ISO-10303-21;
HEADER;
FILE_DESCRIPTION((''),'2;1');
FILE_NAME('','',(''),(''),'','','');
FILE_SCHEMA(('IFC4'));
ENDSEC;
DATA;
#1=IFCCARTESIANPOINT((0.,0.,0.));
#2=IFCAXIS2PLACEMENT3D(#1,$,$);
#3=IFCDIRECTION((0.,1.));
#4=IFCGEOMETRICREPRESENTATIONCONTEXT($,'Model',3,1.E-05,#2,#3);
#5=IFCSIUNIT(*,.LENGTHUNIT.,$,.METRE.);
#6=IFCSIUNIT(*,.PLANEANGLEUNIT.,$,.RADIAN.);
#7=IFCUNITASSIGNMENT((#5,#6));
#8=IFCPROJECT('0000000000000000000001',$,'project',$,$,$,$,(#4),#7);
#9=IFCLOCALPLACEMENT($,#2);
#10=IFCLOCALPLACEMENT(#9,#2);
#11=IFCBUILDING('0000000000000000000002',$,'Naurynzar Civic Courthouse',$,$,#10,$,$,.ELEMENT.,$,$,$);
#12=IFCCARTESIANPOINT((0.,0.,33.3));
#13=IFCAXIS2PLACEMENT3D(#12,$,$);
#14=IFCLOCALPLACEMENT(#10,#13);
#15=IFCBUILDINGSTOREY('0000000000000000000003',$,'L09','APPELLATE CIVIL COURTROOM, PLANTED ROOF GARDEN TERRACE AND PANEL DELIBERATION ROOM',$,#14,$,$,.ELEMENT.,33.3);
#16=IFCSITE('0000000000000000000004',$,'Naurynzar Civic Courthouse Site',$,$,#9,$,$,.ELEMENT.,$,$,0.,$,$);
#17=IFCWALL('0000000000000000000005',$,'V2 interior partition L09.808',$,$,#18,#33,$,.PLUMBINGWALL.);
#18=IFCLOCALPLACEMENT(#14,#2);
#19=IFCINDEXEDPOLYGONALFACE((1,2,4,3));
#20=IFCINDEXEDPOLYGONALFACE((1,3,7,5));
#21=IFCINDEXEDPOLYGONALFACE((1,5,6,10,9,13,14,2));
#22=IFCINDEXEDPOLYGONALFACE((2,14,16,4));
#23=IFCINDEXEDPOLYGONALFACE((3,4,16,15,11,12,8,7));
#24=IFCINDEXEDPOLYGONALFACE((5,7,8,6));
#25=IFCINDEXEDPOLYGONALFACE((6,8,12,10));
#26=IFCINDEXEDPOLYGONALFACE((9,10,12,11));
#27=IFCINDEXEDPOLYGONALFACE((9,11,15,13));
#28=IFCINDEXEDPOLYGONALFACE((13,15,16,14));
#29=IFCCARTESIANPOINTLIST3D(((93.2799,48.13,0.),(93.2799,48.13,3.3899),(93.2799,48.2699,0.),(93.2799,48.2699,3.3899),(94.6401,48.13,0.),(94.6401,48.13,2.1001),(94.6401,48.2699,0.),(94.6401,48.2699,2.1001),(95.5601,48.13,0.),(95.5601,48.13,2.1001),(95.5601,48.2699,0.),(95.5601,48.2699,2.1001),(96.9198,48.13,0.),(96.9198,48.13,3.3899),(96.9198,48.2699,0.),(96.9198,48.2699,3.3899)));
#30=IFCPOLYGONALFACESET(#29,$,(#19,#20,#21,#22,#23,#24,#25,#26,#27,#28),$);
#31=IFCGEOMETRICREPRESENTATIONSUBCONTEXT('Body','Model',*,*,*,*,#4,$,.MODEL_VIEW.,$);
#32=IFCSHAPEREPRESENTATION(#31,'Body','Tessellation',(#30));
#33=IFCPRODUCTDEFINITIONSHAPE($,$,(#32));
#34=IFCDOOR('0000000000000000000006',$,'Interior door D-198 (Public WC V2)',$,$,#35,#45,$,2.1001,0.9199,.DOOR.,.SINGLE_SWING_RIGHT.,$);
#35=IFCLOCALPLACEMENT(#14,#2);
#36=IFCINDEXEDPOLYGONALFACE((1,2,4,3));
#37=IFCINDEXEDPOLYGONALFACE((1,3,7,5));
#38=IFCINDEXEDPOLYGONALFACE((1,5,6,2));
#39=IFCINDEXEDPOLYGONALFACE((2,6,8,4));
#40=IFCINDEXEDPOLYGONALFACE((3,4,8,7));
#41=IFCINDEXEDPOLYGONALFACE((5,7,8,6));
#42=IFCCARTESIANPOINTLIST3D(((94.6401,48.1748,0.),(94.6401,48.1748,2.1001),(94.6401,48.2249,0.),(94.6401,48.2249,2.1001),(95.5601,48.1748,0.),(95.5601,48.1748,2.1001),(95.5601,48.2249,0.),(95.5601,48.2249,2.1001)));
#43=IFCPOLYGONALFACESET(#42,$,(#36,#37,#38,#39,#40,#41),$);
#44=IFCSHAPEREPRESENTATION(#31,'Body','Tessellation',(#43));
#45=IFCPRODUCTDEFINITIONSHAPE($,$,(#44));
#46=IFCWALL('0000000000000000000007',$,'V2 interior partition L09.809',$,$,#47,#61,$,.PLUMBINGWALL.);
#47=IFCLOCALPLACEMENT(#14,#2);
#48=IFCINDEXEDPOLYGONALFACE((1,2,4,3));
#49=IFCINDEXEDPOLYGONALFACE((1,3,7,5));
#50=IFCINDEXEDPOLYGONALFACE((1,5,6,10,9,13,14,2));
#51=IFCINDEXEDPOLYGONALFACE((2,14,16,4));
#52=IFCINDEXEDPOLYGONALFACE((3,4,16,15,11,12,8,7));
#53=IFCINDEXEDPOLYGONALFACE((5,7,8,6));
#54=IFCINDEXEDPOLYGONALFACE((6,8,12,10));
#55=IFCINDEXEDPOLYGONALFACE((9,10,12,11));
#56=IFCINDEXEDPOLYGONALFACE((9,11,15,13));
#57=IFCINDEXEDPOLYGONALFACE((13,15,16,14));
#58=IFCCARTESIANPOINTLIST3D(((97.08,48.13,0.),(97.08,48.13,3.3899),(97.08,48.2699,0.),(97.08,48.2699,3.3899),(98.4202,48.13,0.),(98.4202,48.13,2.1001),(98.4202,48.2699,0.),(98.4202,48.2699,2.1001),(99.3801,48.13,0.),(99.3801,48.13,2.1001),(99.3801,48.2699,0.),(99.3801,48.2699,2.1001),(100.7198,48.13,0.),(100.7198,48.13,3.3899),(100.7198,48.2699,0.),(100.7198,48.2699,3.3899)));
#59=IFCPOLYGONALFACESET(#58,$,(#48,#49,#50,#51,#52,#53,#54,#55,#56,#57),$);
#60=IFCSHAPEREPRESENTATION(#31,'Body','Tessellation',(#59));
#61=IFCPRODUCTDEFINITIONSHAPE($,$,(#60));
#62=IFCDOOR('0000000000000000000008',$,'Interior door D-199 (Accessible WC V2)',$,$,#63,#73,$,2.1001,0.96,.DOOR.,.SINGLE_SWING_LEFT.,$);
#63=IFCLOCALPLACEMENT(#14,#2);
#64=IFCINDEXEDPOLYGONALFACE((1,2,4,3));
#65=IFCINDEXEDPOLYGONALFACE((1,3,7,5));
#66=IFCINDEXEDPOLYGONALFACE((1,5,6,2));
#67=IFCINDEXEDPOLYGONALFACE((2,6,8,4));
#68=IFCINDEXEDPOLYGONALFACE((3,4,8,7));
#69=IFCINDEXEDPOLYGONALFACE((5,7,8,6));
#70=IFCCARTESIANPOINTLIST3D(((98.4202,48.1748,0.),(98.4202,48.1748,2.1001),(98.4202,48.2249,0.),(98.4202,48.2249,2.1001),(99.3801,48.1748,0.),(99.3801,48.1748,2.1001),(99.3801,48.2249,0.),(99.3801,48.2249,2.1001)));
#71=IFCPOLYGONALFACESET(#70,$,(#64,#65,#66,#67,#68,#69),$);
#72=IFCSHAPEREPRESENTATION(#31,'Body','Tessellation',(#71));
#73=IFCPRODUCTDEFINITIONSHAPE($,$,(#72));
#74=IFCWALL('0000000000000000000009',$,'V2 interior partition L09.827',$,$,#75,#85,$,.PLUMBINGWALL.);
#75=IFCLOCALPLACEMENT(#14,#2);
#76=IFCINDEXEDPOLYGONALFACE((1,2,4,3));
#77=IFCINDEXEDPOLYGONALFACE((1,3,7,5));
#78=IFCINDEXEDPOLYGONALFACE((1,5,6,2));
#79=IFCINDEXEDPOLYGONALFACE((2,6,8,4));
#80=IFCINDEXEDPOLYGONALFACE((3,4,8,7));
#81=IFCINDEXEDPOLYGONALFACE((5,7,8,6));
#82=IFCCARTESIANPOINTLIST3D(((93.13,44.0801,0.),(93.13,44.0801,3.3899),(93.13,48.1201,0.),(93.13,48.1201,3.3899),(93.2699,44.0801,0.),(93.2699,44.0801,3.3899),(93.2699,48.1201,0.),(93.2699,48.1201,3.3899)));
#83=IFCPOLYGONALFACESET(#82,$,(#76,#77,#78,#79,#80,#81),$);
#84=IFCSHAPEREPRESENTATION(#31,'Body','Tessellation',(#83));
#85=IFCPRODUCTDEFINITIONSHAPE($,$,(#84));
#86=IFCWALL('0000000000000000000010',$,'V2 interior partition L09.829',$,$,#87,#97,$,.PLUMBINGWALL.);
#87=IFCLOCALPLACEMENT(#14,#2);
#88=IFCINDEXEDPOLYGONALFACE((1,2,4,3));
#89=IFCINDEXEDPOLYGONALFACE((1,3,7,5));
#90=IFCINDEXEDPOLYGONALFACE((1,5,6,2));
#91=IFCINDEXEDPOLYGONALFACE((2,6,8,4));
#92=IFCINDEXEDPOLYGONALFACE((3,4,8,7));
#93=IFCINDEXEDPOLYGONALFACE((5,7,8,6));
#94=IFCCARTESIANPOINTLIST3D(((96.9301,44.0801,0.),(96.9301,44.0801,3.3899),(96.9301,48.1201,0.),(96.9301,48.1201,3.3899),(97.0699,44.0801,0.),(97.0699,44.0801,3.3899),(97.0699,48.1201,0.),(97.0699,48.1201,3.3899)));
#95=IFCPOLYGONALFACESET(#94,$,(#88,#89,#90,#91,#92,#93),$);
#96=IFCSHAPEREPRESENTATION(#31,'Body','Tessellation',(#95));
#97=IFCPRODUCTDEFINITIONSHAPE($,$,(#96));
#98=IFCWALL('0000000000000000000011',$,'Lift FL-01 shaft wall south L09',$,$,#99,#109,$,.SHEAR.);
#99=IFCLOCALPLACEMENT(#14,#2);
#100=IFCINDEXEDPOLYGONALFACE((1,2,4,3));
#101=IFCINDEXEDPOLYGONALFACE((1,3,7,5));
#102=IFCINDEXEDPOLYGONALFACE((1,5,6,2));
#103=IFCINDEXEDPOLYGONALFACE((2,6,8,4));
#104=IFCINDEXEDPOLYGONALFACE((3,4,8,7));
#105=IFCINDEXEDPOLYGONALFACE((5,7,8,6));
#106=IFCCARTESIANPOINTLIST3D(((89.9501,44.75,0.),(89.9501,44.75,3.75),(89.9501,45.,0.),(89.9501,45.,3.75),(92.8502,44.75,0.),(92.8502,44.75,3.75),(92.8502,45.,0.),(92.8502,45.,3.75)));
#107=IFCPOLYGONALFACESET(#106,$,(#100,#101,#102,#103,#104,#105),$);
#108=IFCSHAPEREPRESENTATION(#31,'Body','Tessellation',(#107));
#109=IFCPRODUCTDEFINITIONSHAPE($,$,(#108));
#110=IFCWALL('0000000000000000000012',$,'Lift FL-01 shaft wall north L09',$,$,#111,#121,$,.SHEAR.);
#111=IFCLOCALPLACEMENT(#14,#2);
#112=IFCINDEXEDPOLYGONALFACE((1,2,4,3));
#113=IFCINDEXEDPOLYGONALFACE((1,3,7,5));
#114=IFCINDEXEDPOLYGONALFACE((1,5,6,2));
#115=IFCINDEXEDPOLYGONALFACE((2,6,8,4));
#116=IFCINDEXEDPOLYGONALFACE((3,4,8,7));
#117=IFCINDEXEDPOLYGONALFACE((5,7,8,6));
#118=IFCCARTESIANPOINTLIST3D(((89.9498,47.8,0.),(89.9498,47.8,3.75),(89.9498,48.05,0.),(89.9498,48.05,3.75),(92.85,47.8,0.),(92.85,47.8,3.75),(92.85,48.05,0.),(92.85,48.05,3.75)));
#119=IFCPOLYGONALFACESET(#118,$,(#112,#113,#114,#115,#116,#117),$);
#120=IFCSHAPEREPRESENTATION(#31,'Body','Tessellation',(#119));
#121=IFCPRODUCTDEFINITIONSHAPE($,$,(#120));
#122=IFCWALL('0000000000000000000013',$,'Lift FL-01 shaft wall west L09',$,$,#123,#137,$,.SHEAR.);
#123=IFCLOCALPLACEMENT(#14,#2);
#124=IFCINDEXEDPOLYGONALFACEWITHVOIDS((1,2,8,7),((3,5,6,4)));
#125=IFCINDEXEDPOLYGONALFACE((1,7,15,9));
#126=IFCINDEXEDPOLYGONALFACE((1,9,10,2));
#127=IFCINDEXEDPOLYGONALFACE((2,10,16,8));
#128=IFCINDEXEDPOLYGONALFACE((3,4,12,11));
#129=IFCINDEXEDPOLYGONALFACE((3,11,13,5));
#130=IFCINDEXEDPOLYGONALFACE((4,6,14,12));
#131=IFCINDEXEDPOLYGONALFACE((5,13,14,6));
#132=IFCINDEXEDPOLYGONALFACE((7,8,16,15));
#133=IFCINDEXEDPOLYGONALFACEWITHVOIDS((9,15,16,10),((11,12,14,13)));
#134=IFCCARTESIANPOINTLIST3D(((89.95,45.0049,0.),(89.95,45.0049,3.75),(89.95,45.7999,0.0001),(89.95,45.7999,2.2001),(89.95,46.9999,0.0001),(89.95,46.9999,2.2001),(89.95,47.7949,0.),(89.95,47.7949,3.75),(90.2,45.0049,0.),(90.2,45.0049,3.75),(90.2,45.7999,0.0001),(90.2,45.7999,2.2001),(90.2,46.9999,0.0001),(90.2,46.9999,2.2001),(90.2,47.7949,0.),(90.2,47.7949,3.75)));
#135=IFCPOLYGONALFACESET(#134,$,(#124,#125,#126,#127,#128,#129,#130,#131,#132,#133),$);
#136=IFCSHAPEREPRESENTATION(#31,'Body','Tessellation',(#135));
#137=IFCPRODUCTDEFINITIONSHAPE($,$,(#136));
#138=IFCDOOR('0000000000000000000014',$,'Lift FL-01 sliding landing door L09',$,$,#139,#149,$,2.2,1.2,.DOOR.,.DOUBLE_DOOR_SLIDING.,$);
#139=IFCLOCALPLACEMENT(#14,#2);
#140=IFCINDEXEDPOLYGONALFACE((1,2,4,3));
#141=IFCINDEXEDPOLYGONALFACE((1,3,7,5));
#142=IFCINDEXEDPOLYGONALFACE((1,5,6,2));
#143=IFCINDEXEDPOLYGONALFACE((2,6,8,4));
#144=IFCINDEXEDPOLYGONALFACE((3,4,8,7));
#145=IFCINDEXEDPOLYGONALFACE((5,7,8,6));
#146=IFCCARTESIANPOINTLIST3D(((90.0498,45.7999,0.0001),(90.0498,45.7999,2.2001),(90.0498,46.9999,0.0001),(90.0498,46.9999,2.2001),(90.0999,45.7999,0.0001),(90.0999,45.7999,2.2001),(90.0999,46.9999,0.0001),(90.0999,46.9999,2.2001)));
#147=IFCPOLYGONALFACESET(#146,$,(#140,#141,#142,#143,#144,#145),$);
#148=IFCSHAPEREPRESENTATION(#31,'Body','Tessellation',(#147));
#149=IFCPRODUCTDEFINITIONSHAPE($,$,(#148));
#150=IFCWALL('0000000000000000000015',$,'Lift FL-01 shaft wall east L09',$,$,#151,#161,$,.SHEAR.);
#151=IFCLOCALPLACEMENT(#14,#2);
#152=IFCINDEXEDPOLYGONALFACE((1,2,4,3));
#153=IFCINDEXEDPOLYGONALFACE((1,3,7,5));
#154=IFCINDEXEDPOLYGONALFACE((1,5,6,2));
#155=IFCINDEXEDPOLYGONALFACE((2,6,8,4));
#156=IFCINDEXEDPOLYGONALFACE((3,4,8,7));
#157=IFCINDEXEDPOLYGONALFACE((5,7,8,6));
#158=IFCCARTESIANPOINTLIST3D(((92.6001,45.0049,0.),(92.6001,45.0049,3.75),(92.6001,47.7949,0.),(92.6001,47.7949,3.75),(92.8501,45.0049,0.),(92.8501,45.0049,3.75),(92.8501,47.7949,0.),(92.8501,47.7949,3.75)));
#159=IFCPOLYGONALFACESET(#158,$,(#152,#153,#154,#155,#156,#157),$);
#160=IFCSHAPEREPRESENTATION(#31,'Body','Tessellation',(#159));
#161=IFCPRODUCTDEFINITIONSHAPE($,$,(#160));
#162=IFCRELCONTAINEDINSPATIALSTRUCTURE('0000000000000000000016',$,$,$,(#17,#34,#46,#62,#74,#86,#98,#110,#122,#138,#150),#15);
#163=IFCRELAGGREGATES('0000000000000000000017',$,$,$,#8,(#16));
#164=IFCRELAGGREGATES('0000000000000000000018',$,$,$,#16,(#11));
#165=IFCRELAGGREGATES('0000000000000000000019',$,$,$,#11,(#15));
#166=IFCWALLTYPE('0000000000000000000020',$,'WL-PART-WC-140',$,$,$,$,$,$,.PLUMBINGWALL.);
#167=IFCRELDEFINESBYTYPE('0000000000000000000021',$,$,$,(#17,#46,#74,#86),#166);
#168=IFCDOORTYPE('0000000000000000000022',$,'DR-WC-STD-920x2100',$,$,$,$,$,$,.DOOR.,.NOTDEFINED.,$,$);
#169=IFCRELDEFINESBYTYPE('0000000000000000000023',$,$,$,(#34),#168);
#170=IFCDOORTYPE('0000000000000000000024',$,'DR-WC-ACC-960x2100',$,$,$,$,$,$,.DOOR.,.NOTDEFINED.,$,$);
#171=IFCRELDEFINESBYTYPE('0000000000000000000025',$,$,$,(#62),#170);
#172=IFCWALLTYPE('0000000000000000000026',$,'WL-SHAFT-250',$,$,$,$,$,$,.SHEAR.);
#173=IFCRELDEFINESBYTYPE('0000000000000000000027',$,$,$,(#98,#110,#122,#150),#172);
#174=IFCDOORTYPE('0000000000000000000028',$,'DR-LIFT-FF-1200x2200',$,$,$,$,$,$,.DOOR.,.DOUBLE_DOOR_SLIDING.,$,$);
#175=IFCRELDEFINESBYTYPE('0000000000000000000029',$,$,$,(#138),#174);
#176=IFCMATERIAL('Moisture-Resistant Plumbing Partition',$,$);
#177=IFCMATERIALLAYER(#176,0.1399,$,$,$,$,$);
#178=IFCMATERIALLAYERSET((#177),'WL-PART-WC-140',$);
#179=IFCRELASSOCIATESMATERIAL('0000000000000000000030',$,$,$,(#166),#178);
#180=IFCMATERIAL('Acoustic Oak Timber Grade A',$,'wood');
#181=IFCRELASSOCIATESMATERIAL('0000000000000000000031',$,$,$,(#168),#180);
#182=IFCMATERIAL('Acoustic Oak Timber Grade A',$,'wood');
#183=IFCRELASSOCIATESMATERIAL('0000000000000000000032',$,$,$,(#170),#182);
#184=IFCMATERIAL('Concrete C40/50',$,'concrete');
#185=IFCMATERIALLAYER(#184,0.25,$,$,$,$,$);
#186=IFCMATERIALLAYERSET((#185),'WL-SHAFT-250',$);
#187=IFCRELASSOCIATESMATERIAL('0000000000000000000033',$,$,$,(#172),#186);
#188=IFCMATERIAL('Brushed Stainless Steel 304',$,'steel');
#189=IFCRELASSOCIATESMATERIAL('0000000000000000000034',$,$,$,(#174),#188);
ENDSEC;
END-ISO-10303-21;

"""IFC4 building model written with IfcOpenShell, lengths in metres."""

from ifc_helpers import new_model, si_unit, direction, frame, frame_2d, origin, place, context, subcontext, project, spatial, rectangle, extrude, material, layer, layer_set, type_object, element, fill, save


model = new_model("IFC4")

# Units and contexts
model_context = context("Model", 3, precision=1e-05, world=origin(), true_north=direction((0.0, 1.0)))
body_context = subcontext(model_context, "Body", "Model", "MODEL_VIEW")
ifc_project = project(units=[si_unit("LENGTHUNIT", "METRE"), si_unit("PLANEANGLEUNIT", "RADIAN")], contexts=[model_context])

# Site, building, storey
site_placement = place(None, origin())
site = spatial("IfcSite", under=ifc_project, at=site_placement, Name="Naurynzar Civic Courthouse Site", CompositionType="ELEMENT", RefElevation=0.0)
building_placement = place(site_placement, origin())
building = spatial("IfcBuilding", under=site, at=building_placement, Name="Naurynzar Civic Courthouse", CompositionType="ELEMENT")
storey_placement = place(building_placement, frame((0.0, 0.0, 33.3)))
storey = spatial("IfcBuildingStorey", under=building, at=storey_placement, Name="L09", Description="APPELLATE CIVIL COURTROOM, PLANTED ROOF GARDEN TERRACE AND PANEL DELIBERATION ROOM", CompositionType="ELEMENT", Elevation=33.3)

# Walls, openings, doors
ifc_material_1 = material(Name="Moisture-Resistant Plumbing Partition")
ifc_layer_1 = layer(ifc_material_1, 0.1399)
ifc_layer_set_1 = layer_set([ifc_layer_1], Name="WL-PART-WC-140")
wall_type_1 = type_object("IfcWallType", Name="WL-PART-WC-140", PredefinedType="PLUMBINGWALL", material=ifc_layer_set_1)
wall_1_placement = place(storey_placement, frame((93.28, 48.2, 0.0), z_axis=(0.0, 0.0, 1.0), x_axis=(1.0, 0.0, 0.0)))
wall_1 = element("IfcWall", 1, at=wall_1_placement, inside=storey, type_object=wall_type_1, Name="V2 interior partition L09.808", PredefinedType="PLUMBINGWALL", context=body_context, shape_type="SweptSolid", body=[
    extrude(rectangle(XDim=3.6399, YDim=0.1399, at=frame_2d((1.8198, 0.0))), origin(), (0.0, 0.0, 1.0), 3.3899),
])
opening_1_placement = place(wall_1_placement, frame((1.3601, 0.0, 0.0)))
opening_1 = element("IfcOpeningElement", 2, at=opening_1_placement, cuts=wall_1, PredefinedType="OPENING", context=body_context, shape_type="SweptSolid", body=[
    extrude(rectangle(XDim=0.9199, YDim=2.1001, at=frame_2d((0.46, 1.05))), frame((0.0, 0.0798, 0.0), z_axis=(0.0, -1.0, 0.0), x_axis=(1.0, 0.0, 0.0)), (0.0, 0.0, 1.0), 0.1599),
])
ifc_material_2 = material(Name="Acoustic Oak Timber Grade A", Category="wood")
door_type_1 = type_object("IfcDoorType", Name="DR-WC-STD-920x2100", OperationType="NOTDEFINED", PredefinedType="DOOR", material=ifc_material_2)
door_1_placement = place(opening_1_placement, origin())
door_1 = element("IfcDoor", 3, at=door_1_placement, inside=storey, type_object=door_type_1, Name="Interior door D-198 (Public WC V2)", OperationType="SINGLE_SWING_RIGHT", OverallHeight=2.1001, OverallWidth=0.9199, PredefinedType="DOOR", context=body_context, shape_type="SweptSolid", body=[
    extrude(rectangle(XDim=0.9199, YDim=2.1001, at=frame_2d((0.46, 1.05))), frame((0.0, 0.0249, 0.0), z_axis=(0.0, -1.0, 0.0), x_axis=(1.0, 0.0, 0.0)), (0.0, 0.0, 1.0), 0.05),
])
fill(opening_1, door_1)
wall_2_placement = place(storey_placement, frame((97.0801, 48.2, 0.0), z_axis=(0.0, 0.0, 1.0), x_axis=(1.0, 0.0, 0.0)))
wall_2 = element("IfcWall", 4, at=wall_2_placement, inside=storey, type_object=wall_type_1, Name="V2 interior partition L09.809", PredefinedType="PLUMBINGWALL", context=body_context, shape_type="SweptSolid", body=[
    extrude(rectangle(XDim=3.6399, YDim=0.1399, at=frame_2d((1.8198, 0.0))), origin(), (0.0, 0.0, 1.0), 3.3899),
])
opening_2_placement = place(wall_2_placement, frame((1.3401, 0.0, 0.0)))
opening_2 = element("IfcOpeningElement", 5, at=opening_2_placement, cuts=wall_2, PredefinedType="OPENING", context=body_context, shape_type="SweptSolid", body=[
    extrude(rectangle(XDim=0.96, YDim=2.1001, at=frame_2d((0.48, 1.05))), frame((0.0, 0.0798, 0.0), z_axis=(0.0, -1.0, 0.0), x_axis=(1.0, 0.0, 0.0)), (0.0, 0.0, 1.0), 0.1599),
])
ifc_material_3 = material(Name="Acoustic Oak Timber Grade A", Category="wood")
door_type_2 = type_object("IfcDoorType", Name="DR-WC-ACC-960x2100", OperationType="NOTDEFINED", PredefinedType="DOOR", material=ifc_material_3)
door_2_placement = place(opening_2_placement, origin())
door_2 = element("IfcDoor", 6, at=door_2_placement, inside=storey, type_object=door_type_2, Name="Interior door D-199 (Accessible WC V2)", OperationType="SINGLE_SWING_LEFT", OverallHeight=2.1001, OverallWidth=0.96, PredefinedType="DOOR", context=body_context, shape_type="SweptSolid", body=[
    extrude(rectangle(XDim=0.96, YDim=2.1001, at=frame_2d((0.48, 1.05))), frame((0.0, 0.0249, 0.0), z_axis=(0.0, -1.0, 0.0), x_axis=(1.0, 0.0, 0.0)), (0.0, 0.0, 1.0), 0.05),
])
fill(opening_2, door_2)

# Walls
for number, where, z_axis, x_axis, name in (
    (7, (93.2, 44.0801, 0.0), (0.0, 0.0, 1.0), (0.0, 1.0, 0.0), "V2 interior partition L09.827"),
    (8, (97.0, 44.0801, 0.0), (0.0, 0.0, 1.0), (0.0, 1.0, 0.0), "V2 interior partition L09.829"),
):
    element("IfcWall", number, at=place(storey_placement, frame(where, z_axis=z_axis, x_axis=x_axis)), inside=storey, type_object=wall_type_1, Name=name, PredefinedType="PLUMBINGWALL", context=body_context, shape_type="SweptSolid", body=[
        extrude(rectangle(XDim=4.04, YDim=0.1399, at=frame_2d((2.02, 0.0))), origin(), (0.0, 0.0, 1.0), 3.3899),
    ])
ifc_material_4 = material(Name="Concrete C40/50", Category="concrete")
ifc_layer_2 = layer(ifc_material_4, 0.25)
ifc_layer_set_2 = layer_set([ifc_layer_2], Name="WL-SHAFT-250")
wall_type_2 = type_object("IfcWallType", Name="WL-SHAFT-250", PredefinedType="SHEAR", material=ifc_layer_set_2)
for number, where, z_axis, x_axis, name in (
    (9, (89.95, 44.875, 0.0), (0.0, 0.0, 1.0), (1.0, 0.0, 0.0), "Lift FL-01 shaft wall south L09"),
    (10, (92.8501, 47.925, 0.0), (0.0, 0.0, 1.0), (-1.0, 0.0, 0.0), "Lift FL-01 shaft wall north L09"),
):
    element("IfcWall", number, at=place(storey_placement, frame(where, z_axis=z_axis, x_axis=x_axis)), inside=storey, type_object=wall_type_2, Name=name, PredefinedType="SHEAR", context=body_context, shape_type="SweptSolid", body=[
        extrude(rectangle(XDim=2.9001, YDim=0.25, at=frame_2d((1.4502, 0.0))), origin(), (0.0, 0.0, 1.0), 3.75),
    ])

# Wall, opening, door
wall_3_placement = place(storey_placement, frame((90.075, 47.7949, 0.0), z_axis=(0.0, 0.0, 1.0), x_axis=(0.0, -1.0, 0.0)))
wall_3 = element("IfcWall", 11, at=wall_3_placement, inside=storey, type_object=wall_type_2, Name="Lift FL-01 shaft wall west L09", PredefinedType="SHEAR", context=body_context, shape_type="SweptSolid", body=[
    extrude(rectangle(XDim=2.79, YDim=0.25, at=frame_2d((1.395, 0.0))), origin(), (0.0, 0.0, 1.0), 3.75),
])
opening_3_placement = place(wall_3_placement, frame((0.7949, 0.0, 0.0)))
opening_3 = element("IfcOpeningElement", 12, at=opening_3_placement, cuts=wall_3, PredefinedType="OPENING", context=body_context, shape_type="SweptSolid", body=[
    extrude(rectangle(XDim=1.2, YDim=2.2, at=frame_2d((0.6001, 1.1001))), frame((0.0, 0.135, 0.0), z_axis=(0.0, -1.0, 0.0), x_axis=(1.0, 0.0, 0.0)), (0.0, 0.0, 1.0), 0.27),
])
ifc_material_5 = material(Name="Brushed Stainless Steel 304", Category="steel")
door_type_3 = type_object("IfcDoorType", Name="DR-LIFT-FF-1200x2200", OperationType="DOUBLE_DOOR_SLIDING", PredefinedType="DOOR", material=ifc_material_5)
door_3_placement = place(opening_3_placement, origin())
door_3 = element("IfcDoor", 13, at=door_3_placement, inside=storey, type_object=door_type_3, Name="Lift FL-01 sliding landing door L09", OperationType="DOUBLE_DOOR_SLIDING", OverallHeight=2.2, OverallWidth=1.2, PredefinedType="DOOR", context=body_context, shape_type="SweptSolid", body=[
    extrude(rectangle(XDim=1.2, YDim=2.2, at=frame_2d((0.6001, 1.1001))), frame((0.0, 0.0249, 0.0), z_axis=(0.0, -1.0, 0.0), x_axis=(1.0, 0.0, 0.0)), (0.0, 0.0, 1.0), 0.05),
])
fill(opening_3, door_3)

# Wall
wall_4_placement = place(storey_placement, frame((92.7251, 45.0049, 0.0), z_axis=(0.0, 0.0, 1.0), x_axis=(0.0, 1.0, 0.0)))
element("IfcWall", 14, at=wall_4_placement, inside=storey, type_object=wall_type_2, Name="Lift FL-01 shaft wall east L09", PredefinedType="SHEAR", context=body_context, shape_type="SweptSolid", body=[
    extrude(rectangle(XDim=2.79, YDim=0.25, at=frame_2d((1.395, 0.0))), origin(), (0.0, 0.0, 1.0), 3.75),
])

save(model, "model.ifc")
